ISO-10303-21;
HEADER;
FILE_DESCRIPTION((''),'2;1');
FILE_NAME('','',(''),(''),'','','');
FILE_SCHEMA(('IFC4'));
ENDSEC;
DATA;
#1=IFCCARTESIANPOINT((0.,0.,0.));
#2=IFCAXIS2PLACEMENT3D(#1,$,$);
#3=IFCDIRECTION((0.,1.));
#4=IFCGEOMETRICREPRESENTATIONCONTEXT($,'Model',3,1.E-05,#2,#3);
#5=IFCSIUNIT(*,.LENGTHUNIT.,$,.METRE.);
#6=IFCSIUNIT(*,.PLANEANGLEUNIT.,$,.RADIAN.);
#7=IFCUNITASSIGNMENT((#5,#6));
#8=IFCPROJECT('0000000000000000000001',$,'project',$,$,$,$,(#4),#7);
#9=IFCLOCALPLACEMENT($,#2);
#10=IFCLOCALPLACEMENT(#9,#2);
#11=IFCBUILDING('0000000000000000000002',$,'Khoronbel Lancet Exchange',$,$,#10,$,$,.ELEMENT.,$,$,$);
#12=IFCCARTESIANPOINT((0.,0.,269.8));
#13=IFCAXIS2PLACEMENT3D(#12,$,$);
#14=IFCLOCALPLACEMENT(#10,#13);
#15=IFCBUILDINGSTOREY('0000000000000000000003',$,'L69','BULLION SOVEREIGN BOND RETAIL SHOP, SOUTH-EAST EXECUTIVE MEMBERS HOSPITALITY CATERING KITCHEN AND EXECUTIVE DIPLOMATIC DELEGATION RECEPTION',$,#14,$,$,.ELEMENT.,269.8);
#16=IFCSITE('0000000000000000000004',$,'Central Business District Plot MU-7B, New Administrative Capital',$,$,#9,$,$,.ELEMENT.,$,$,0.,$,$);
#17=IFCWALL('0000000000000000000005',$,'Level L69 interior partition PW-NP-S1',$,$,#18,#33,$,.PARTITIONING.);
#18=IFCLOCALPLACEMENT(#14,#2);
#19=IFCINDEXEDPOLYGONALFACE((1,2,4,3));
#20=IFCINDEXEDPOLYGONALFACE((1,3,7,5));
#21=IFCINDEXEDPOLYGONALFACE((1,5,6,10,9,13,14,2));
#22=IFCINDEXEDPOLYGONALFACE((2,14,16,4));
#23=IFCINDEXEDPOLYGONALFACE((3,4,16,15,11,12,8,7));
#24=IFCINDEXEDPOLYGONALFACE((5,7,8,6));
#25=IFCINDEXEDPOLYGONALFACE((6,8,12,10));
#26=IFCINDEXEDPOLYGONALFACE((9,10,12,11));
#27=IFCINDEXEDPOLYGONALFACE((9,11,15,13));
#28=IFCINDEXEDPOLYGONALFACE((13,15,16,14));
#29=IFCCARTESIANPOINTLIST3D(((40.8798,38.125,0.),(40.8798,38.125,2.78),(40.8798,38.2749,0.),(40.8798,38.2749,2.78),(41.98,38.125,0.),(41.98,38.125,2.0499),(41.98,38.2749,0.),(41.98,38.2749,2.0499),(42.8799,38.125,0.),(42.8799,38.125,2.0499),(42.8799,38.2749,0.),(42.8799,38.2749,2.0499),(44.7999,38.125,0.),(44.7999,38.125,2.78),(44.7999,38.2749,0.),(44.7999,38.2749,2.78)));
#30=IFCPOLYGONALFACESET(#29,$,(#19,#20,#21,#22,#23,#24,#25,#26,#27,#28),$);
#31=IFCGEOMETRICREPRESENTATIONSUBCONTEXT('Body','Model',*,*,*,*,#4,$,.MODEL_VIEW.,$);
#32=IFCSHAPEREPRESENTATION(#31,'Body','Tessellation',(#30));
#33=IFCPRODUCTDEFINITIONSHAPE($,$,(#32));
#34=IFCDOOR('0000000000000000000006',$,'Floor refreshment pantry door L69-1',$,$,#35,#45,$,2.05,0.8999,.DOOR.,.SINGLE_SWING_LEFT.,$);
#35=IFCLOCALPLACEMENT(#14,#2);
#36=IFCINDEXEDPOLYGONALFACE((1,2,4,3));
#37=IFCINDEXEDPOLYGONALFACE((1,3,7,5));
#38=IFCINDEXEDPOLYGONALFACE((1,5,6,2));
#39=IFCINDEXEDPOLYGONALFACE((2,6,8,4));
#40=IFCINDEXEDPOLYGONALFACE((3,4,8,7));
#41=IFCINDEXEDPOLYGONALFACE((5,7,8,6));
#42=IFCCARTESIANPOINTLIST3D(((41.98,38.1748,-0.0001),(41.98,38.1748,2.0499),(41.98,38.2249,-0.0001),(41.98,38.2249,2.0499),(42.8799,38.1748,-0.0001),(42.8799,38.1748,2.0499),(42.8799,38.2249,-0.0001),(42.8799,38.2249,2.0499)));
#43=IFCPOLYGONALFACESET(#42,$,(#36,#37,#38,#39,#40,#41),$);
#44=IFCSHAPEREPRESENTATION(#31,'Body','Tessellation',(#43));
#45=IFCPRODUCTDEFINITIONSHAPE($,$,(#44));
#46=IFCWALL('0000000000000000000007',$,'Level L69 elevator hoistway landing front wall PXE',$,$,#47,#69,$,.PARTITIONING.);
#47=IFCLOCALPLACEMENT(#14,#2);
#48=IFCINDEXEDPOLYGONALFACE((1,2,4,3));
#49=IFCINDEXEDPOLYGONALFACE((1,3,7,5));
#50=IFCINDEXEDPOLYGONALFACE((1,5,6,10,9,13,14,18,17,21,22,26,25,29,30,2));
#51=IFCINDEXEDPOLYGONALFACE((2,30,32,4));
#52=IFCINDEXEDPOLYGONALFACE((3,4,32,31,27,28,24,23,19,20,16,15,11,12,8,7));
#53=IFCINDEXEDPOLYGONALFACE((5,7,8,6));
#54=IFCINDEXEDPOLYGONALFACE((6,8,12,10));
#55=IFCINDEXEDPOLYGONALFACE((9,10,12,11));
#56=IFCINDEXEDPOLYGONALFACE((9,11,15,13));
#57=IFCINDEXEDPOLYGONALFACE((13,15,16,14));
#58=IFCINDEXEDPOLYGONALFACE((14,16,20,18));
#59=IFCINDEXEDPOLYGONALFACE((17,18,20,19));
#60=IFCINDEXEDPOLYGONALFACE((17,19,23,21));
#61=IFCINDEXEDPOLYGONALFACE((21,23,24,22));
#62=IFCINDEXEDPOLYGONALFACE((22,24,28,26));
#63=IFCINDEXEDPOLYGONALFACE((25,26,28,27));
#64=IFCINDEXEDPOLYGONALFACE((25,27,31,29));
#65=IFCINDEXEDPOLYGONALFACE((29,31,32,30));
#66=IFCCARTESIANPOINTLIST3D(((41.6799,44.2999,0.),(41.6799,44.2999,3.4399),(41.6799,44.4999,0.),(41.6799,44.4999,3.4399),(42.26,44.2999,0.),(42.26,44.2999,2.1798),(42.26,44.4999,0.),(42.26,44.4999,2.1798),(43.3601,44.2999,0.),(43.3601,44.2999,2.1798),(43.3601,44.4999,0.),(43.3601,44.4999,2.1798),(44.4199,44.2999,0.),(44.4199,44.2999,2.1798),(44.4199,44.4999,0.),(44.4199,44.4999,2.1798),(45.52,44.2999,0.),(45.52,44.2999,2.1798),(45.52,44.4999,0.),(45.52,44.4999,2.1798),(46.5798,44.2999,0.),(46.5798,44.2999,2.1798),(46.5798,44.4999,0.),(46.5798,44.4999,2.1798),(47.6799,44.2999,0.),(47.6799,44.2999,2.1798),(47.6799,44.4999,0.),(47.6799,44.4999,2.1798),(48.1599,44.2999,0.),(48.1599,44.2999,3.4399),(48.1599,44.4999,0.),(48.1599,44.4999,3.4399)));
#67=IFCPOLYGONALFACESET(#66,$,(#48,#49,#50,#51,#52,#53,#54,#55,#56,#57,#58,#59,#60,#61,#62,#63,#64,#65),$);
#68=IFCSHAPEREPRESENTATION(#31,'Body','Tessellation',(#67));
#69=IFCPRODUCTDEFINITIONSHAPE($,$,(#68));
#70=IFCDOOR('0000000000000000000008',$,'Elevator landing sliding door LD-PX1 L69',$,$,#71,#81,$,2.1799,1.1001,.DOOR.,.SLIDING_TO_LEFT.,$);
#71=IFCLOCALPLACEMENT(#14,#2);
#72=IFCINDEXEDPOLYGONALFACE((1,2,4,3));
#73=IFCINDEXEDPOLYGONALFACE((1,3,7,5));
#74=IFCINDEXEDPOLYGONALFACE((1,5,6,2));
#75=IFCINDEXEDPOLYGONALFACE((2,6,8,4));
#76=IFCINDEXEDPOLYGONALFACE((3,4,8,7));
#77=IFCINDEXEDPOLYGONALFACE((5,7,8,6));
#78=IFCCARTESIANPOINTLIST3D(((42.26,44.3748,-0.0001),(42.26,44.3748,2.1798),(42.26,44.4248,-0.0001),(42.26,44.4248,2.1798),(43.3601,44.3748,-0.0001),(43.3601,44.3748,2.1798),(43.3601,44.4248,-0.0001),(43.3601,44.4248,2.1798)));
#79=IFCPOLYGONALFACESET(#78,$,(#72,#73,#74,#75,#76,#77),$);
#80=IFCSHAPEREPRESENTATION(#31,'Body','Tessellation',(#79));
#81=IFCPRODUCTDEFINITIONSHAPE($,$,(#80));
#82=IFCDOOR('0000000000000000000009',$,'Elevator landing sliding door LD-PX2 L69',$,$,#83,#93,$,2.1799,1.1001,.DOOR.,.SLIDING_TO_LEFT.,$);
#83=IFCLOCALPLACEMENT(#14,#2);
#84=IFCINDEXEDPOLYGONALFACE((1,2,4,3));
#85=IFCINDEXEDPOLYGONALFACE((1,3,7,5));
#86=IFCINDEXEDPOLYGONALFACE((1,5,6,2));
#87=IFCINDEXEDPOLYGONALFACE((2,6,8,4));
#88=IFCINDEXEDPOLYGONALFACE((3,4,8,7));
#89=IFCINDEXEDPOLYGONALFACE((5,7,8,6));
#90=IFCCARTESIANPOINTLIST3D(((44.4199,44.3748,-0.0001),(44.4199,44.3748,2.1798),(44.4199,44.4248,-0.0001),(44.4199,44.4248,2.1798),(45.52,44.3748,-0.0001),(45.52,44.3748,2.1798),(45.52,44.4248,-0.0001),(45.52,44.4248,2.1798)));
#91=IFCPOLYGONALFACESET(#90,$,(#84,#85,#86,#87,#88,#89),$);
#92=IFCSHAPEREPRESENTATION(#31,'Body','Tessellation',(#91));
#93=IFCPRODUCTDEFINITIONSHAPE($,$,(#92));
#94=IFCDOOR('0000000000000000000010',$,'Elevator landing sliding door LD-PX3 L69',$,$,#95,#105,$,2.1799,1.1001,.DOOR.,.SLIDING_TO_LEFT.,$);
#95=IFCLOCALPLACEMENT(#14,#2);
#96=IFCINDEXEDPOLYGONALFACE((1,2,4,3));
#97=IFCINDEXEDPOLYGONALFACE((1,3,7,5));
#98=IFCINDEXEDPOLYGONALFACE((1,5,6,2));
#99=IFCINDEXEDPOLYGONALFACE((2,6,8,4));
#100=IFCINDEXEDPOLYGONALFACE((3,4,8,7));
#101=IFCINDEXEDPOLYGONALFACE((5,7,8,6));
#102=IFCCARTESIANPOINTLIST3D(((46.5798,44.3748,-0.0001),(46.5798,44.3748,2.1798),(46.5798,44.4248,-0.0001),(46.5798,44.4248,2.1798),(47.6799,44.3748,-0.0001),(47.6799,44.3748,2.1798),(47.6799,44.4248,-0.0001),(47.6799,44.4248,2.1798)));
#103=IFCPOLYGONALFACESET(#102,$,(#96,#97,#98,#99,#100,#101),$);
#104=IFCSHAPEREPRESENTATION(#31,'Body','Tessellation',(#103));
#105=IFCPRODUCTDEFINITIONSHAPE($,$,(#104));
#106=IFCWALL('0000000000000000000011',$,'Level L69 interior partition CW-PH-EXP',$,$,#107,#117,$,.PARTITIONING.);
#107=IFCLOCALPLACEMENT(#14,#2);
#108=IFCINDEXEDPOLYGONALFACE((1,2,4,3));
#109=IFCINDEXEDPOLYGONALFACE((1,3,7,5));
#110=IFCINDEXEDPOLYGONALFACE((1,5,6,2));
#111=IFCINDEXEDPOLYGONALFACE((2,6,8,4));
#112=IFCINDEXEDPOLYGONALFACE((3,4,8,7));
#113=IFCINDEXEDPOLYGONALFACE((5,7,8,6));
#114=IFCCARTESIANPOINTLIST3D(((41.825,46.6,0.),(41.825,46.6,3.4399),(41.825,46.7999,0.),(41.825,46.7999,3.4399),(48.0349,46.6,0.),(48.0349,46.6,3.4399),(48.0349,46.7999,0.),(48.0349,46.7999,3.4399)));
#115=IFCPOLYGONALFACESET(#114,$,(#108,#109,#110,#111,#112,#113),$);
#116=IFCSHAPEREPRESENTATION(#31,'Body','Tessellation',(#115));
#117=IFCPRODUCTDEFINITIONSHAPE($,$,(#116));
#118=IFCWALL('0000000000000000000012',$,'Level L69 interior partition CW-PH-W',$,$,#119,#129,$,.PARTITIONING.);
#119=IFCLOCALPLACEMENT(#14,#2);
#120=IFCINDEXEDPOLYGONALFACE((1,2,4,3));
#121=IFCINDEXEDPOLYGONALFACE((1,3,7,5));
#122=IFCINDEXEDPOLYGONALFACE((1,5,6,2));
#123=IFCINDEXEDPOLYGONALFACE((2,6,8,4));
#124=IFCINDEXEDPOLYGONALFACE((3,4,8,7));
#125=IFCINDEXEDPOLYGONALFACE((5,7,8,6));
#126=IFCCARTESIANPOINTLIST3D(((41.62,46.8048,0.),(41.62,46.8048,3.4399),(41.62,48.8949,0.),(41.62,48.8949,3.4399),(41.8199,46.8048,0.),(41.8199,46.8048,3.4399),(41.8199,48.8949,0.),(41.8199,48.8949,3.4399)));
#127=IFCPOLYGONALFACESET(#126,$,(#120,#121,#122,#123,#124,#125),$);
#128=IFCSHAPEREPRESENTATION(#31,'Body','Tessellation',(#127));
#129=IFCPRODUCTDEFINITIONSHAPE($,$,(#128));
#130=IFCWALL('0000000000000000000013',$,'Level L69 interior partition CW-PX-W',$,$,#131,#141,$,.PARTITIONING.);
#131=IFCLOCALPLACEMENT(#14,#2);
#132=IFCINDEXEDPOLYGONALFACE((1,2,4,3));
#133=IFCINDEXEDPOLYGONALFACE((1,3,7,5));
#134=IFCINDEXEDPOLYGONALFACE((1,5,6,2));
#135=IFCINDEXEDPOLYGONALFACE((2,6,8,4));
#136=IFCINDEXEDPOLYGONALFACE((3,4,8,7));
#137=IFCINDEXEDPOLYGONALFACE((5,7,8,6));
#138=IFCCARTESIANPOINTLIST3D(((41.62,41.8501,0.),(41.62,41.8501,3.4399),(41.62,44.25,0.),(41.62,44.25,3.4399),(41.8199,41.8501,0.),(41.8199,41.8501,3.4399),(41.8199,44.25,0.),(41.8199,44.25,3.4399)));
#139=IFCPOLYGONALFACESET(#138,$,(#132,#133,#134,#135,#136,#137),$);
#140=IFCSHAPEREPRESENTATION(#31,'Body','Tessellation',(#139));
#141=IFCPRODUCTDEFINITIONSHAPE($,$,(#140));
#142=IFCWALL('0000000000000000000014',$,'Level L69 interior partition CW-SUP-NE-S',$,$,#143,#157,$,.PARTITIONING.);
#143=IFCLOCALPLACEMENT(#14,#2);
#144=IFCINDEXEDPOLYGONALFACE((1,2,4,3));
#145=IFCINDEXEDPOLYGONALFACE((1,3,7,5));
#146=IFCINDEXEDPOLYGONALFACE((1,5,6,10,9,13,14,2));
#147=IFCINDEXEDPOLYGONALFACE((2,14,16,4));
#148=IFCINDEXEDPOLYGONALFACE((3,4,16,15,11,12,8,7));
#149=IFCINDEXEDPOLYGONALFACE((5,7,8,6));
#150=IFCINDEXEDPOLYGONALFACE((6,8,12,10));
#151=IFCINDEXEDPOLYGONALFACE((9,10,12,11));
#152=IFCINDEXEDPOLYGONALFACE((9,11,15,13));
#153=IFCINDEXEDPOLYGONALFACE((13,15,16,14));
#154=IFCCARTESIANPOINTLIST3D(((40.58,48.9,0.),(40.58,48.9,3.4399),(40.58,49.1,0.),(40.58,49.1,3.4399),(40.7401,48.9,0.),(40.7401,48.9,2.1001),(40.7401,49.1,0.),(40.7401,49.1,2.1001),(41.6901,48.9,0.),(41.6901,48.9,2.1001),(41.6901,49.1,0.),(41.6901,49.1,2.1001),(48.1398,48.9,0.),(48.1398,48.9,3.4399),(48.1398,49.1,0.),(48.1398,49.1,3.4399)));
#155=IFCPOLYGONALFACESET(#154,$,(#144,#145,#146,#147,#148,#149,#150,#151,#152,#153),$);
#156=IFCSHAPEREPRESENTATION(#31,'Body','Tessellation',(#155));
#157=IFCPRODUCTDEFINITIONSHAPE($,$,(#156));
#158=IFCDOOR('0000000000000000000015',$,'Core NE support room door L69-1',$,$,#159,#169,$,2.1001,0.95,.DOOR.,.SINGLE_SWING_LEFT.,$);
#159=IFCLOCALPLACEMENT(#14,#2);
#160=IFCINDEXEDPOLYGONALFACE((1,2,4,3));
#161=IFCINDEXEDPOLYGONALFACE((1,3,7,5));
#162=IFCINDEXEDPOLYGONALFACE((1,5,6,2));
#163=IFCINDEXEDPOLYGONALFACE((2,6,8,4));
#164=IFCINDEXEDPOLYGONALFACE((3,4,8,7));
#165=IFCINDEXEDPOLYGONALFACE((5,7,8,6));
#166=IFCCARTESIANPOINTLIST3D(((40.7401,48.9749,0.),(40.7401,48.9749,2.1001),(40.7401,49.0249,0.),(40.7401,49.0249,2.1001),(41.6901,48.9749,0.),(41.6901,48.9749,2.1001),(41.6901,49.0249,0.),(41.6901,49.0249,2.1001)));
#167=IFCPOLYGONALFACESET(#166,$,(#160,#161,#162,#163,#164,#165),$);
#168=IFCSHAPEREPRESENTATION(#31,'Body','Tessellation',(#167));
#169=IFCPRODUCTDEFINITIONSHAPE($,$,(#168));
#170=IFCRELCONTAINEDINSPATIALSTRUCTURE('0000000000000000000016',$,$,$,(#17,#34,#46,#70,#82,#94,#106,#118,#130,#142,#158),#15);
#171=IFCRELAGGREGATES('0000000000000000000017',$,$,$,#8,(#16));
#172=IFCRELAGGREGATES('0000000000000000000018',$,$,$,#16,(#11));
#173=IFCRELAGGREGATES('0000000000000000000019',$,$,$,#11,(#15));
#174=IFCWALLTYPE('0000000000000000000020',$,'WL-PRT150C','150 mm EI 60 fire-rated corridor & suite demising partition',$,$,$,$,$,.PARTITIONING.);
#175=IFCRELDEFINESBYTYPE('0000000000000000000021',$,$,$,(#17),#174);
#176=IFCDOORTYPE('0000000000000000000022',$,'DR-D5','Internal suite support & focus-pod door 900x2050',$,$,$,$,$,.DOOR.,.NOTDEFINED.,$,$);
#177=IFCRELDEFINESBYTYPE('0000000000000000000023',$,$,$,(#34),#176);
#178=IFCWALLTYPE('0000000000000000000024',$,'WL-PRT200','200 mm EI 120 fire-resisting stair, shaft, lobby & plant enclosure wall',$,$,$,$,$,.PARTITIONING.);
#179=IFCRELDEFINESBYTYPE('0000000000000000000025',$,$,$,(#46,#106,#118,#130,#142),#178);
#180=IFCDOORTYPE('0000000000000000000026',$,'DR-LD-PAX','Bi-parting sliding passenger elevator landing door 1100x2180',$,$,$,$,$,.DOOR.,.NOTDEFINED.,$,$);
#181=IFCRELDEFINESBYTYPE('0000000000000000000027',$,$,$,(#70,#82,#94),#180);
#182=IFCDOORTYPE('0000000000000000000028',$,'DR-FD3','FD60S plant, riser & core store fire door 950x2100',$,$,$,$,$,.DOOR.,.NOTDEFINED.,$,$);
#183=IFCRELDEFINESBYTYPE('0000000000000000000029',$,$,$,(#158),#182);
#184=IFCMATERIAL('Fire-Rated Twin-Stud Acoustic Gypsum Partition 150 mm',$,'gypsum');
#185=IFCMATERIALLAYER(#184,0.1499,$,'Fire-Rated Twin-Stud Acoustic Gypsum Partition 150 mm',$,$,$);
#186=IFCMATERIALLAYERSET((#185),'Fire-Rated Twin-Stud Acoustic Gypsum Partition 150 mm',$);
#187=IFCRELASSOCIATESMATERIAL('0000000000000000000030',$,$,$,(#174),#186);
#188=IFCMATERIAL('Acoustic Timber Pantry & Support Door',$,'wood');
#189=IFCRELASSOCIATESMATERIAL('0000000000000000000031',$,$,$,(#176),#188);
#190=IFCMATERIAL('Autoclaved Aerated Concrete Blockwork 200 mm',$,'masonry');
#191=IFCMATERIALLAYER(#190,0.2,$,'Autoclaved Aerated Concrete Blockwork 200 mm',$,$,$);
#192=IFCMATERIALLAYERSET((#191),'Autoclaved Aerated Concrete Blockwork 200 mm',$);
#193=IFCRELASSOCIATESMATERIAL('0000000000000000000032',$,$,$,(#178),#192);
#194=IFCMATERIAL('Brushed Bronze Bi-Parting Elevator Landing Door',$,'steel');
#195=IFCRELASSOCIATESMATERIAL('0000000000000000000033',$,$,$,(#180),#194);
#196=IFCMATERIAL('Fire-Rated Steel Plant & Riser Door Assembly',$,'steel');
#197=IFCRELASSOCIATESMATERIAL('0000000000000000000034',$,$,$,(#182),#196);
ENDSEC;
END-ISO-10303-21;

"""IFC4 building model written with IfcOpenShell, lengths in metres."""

from ifc_helpers import new_model, si_unit, direction, frame, frame_2d, origin, place, context, subcontext, project, spatial, rectangle, extrude, material, layer, layer_set, type_object, element, fill, save


model = new_model("IFC4")

# Units and contexts
model_context = context("Model", 3, precision=1e-05, world=origin(), true_north=direction((0.0, 1.0)))
body_context = subcontext(model_context, "Body", "Model", "MODEL_VIEW")
ifc_project = project(units=[si_unit("LENGTHUNIT", "METRE"), si_unit("PLANEANGLEUNIT", "RADIAN")], contexts=[model_context])

# Site, building, storey
site_placement = place(None, origin())
site = spatial("IfcSite", under=ifc_project, at=site_placement, Name="Central Business District Plot MU-7B, New Administrative Capital", CompositionType="ELEMENT", RefElevation=0.0)
building_placement = place(site_placement, origin())
building = spatial("IfcBuilding", under=site, at=building_placement, Name="Khoronbel Lancet Exchange", CompositionType="ELEMENT")
storey_placement = place(building_placement, frame((0.0, 0.0, 269.8)))
storey = spatial("IfcBuildingStorey", under=building, at=storey_placement, Name="L69", Description="BULLION SOVEREIGN BOND RETAIL SHOP, SOUTH-EAST EXECUTIVE MEMBERS HOSPITALITY CATERING KITCHEN AND EXECUTIVE DIPLOMATIC DELEGATION RECEPTION", CompositionType="ELEMENT", Elevation=269.8)

# Wall, opening, door
ifc_material_1 = material(Name="Fire-Rated Twin-Stud Acoustic Gypsum Partition 150 mm", Category="gypsum")
ifc_layer_1 = layer(ifc_material_1, 0.1499, Name="Fire-Rated Twin-Stud Acoustic Gypsum Partition 150 mm")
ifc_layer_set_1 = layer_set([ifc_layer_1], Name="Fire-Rated Twin-Stud Acoustic Gypsum Partition 150 mm")
wall_type_1 = type_object("IfcWallType", Name="WL-PRT150C", Description="150 mm EI 60 fire-rated corridor & suite demising partition", PredefinedType="PARTITIONING", material=ifc_layer_set_1)
wall_1_placement = place(storey_placement, frame((40.8799, 38.2, 0.0), z_axis=(0.0, 0.0, 1.0), x_axis=(1.0, 0.0, 0.0)))
wall_1 = element("IfcWall", 1, at=wall_1_placement, inside=storey, type_object=wall_type_1, Name="Level L69 interior partition PW-NP-S1", PredefinedType="PARTITIONING", context=body_context, shape_type="SweptSolid", body=[
    extrude(rectangle(XDim=3.9202, YDim=0.1499, at=frame_2d((1.96, 0.0))), origin(), (0.0, 0.0, 1.0), 2.78),
])
opening_1_placement = place(wall_1_placement, frame((1.1001, 0.0, 0.0)))
opening_1 = element("IfcOpeningElement", 2, at=opening_1_placement, cuts=wall_1, PredefinedType="OPENING", context=body_context, shape_type="SweptSolid", body=[
    extrude(rectangle(XDim=0.8999, YDim=2.05, at=frame_2d((0.45, 1.0249))), frame((0.0, 0.085, 0.0), z_axis=(0.0, -1.0, 0.0), x_axis=(1.0, 0.0, 0.0)), (0.0, 0.0, 1.0), 0.1699),
])
ifc_material_2 = material(Name="Acoustic Timber Pantry & Support Door", Category="wood")
door_type_1 = type_object("IfcDoorType", Name="DR-D5", Description="Internal suite support & focus-pod door 900x2050", OperationType="NOTDEFINED", PredefinedType="DOOR", material=ifc_material_2)
door_1_placement = place(opening_1_placement, origin())
door_1 = element("IfcDoor", 3, at=door_1_placement, inside=storey, type_object=door_type_1, Name="Floor refreshment pantry door L69-1", OperationType="SINGLE_SWING_LEFT", OverallHeight=2.05, OverallWidth=0.8999, PredefinedType="DOOR", context=body_context, shape_type="SweptSolid", body=[
    extrude(rectangle(XDim=0.8999, YDim=2.05, at=frame_2d((0.45, 1.0249))), frame((0.0, 0.0249, 0.0), z_axis=(0.0, -1.0, 0.0), x_axis=(1.0, 0.0, 0.0)), (0.0, 0.0, 1.0), 0.05),
])
fill(opening_1, door_1)

# Wall, openings, doors
ifc_material_3 = material(Name="Autoclaved Aerated Concrete Blockwork 200 mm", Category="masonry")
ifc_layer_2 = layer(ifc_material_3, 0.2, Name="Autoclaved Aerated Concrete Blockwork 200 mm")
ifc_layer_set_2 = layer_set([ifc_layer_2], Name="Autoclaved Aerated Concrete Blockwork 200 mm")
wall_type_2 = type_object("IfcWallType", Name="WL-PRT200", Description="200 mm EI 120 fire-resisting stair, shaft, lobby & plant enclosure wall", PredefinedType="PARTITIONING", material=ifc_layer_set_2)
wall_2_placement = place(storey_placement, frame((41.6799, 44.3999, 0.0), z_axis=(0.0, 0.0, 1.0), x_axis=(1.0, 0.0, 0.0)))
wall_2 = element("IfcWall", 4, at=wall_2_placement, inside=storey, type_object=wall_type_2, Name="Level L69 elevator hoistway landing front wall PXE", PredefinedType="PARTITIONING", context=body_context, shape_type="SweptSolid", body=[
    extrude(rectangle(XDim=6.48, YDim=0.2, at=frame_2d((3.24, 0.0))), origin(), (0.0, 0.0, 1.0), 3.4399),
])
opening_2_placement = place(wall_2_placement, frame((0.5801, 0.0, 0.0)))
opening_2 = element("IfcOpeningElement", 5, at=opening_2_placement, cuts=wall_2, PredefinedType="OPENING", context=body_context, shape_type="SweptSolid", body=[
    extrude(rectangle(XDim=1.1001, YDim=2.1799, at=frame_2d((0.55, 1.0898))), frame((0.0, 0.1099, 0.0), z_axis=(0.0, -1.0, 0.0), x_axis=(1.0, 0.0, 0.0)), (0.0, 0.0, 1.0), 0.22),
])
opening_3_placement = place(wall_2_placement, frame((2.74, 0.0, 0.0)))
opening_3 = element("IfcOpeningElement", 6, at=opening_3_placement, cuts=wall_2, PredefinedType="OPENING", context=body_context, shape_type="SweptSolid", body=[
    extrude(rectangle(XDim=1.1001, YDim=2.1799, at=frame_2d((0.55, 1.0898))), frame((0.0, 0.1099, 0.0), z_axis=(0.0, -1.0, 0.0), x_axis=(1.0, 0.0, 0.0)), (0.0, 0.0, 1.0), 0.22),
])
opening_4_placement = place(wall_2_placement, frame((4.8999, 0.0, 0.0)))
opening_4 = element("IfcOpeningElement", 7, at=opening_4_placement, cuts=wall_2, PredefinedType="OPENING", context=body_context, shape_type="SweptSolid", body=[
    extrude(rectangle(XDim=1.1001, YDim=2.1799, at=frame_2d((0.55, 1.0898))), frame((0.0, 0.1099, 0.0), z_axis=(0.0, -1.0, 0.0), x_axis=(1.0, 0.0, 0.0)), (0.0, 0.0, 1.0), 0.22),
])
ifc_material_4 = material(Name="Brushed Bronze Bi-Parting Elevator Landing Door", Category="steel")
door_type_2 = type_object("IfcDoorType", Name="DR-LD-PAX", Description="Bi-parting sliding passenger elevator landing door 1100x2180", OperationType="NOTDEFINED", PredefinedType="DOOR", material=ifc_material_4)
door_2_placement = place(opening_2_placement, origin())
door_2 = element("IfcDoor", 8, at=door_2_placement, inside=storey, type_object=door_type_2, Name="Elevator landing sliding door LD-PX1 L69", OperationType="SLIDING_TO_LEFT", OverallHeight=2.1799, OverallWidth=1.1001, PredefinedType="DOOR", context=body_context, shape_type="SweptSolid", body=[
    extrude(rectangle(XDim=1.1001, YDim=2.1799, at=frame_2d((0.55, 1.0898))), frame((0.0, 0.0249, 0.0), z_axis=(0.0, -1.0, 0.0), x_axis=(1.0, 0.0, 0.0)), (0.0, 0.0, 1.0), 0.05),
])
fill(opening_2, door_2)
door_3_placement = place(opening_3_placement, origin())
door_3 = element("IfcDoor", 9, at=door_3_placement, inside=storey, type_object=door_type_2, Name="Elevator landing sliding door LD-PX2 L69", OperationType="SLIDING_TO_LEFT", OverallHeight=2.1799, OverallWidth=1.1001, PredefinedType="DOOR", context=body_context, shape_type="SweptSolid", body=[
    extrude(rectangle(XDim=1.1001, YDim=2.1799, at=frame_2d((0.55, 1.0898))), frame((0.0, 0.0249, 0.0), z_axis=(0.0, -1.0, 0.0), x_axis=(1.0, 0.0, 0.0)), (0.0, 0.0, 1.0), 0.05),
])
fill(opening_3, door_3)
door_4_placement = place(opening_4_placement, origin())
door_4 = element("IfcDoor", 10, at=door_4_placement, inside=storey, type_object=door_type_2, Name="Elevator landing sliding door LD-PX3 L69", OperationType="SLIDING_TO_LEFT", OverallHeight=2.1799, OverallWidth=1.1001, PredefinedType="DOOR", context=body_context, shape_type="SweptSolid", body=[
    extrude(rectangle(XDim=1.1001, YDim=2.1799, at=frame_2d((0.55, 1.0898))), frame((0.0, 0.0249, 0.0), z_axis=(0.0, -1.0, 0.0), x_axis=(1.0, 0.0, 0.0)), (0.0, 0.0, 1.0), 0.05),
])
fill(opening_4, door_4)

# Walls
wall_3_placement = place(storey_placement, frame((41.825, 46.7, 0.0), z_axis=(0.0, 0.0, 1.0), x_axis=(1.0, 0.0, 0.0)))
element("IfcWall", 11, at=wall_3_placement, inside=storey, type_object=wall_type_2, Name="Level L69 interior partition CW-PH-EXP", PredefinedType="PARTITIONING", context=body_context, shape_type="SweptSolid", body=[
    extrude(rectangle(XDim=6.21, YDim=0.2, at=frame_2d((3.105, 0.0))), origin(), (0.0, 0.0, 1.0), 3.4399),
])
wall_4_placement = place(storey_placement, frame((41.72, 46.8049, 0.0), z_axis=(0.0, 0.0, 1.0), x_axis=(0.0, 1.0, 0.0)))
element("IfcWall", 12, at=wall_4_placement, inside=storey, type_object=wall_type_2, Name="Level L69 interior partition CW-PH-W", PredefinedType="PARTITIONING", context=body_context, shape_type="SweptSolid", body=[
    extrude(rectangle(XDim=2.0901, YDim=0.2, at=frame_2d((1.0449, 0.0))), origin(), (0.0, 0.0, 1.0), 3.4399),
])
wall_5_placement = place(storey_placement, frame((41.72, 41.8501, 0.0), z_axis=(0.0, 0.0, 1.0), x_axis=(0.0, 1.0, 0.0)))
element("IfcWall", 13, at=wall_5_placement, inside=storey, type_object=wall_type_2, Name="Level L69 interior partition CW-PX-W", PredefinedType="PARTITIONING", context=body_context, shape_type="SweptSolid", body=[
    extrude(rectangle(XDim=2.3999, YDim=0.2, at=frame_2d((1.2, 0.0))), origin(), (0.0, 0.0, 1.0), 3.4399),
])

# Wall, opening, door
wall_6_placement = place(storey_placement, frame((40.5801, 49.0, 0.0), z_axis=(0.0, 0.0, 1.0), x_axis=(1.0, 0.0, 0.0)))
wall_6 = element("IfcWall", 14, at=wall_6_placement, inside=storey, type_object=wall_type_2, Name="Level L69 interior partition CW-SUP-NE-S", PredefinedType="PARTITIONING", context=body_context, shape_type="SweptSolid", body=[
    extrude(rectangle(XDim=7.5598, YDim=0.2, at=frame_2d((3.7798, 0.0))), origin(), (0.0, 0.0, 1.0), 3.4399),
])
opening_5_placement = place(wall_6_placement, frame((0.1599, 0.0, 0.0)))
opening_5 = element("IfcOpeningElement", 15, at=opening_5_placement, cuts=wall_6, PredefinedType="OPENING", context=body_context, shape_type="SweptSolid", body=[
    extrude(rectangle(XDim=0.95, YDim=2.1001, at=frame_2d((0.4751, 1.05))), frame((0.0, 0.1099, 0.0), z_axis=(0.0, -1.0, 0.0), x_axis=(1.0, 0.0, 0.0)), (0.0, 0.0, 1.0), 0.22),
])
ifc_material_5 = material(Name="Fire-Rated Steel Plant & Riser Door Assembly", Category="steel")
door_type_3 = type_object("IfcDoorType", Name="DR-FD3", Description="FD60S plant, riser & core store fire door 950x2100", OperationType="NOTDEFINED", PredefinedType="DOOR", material=ifc_material_5)
door_5_placement = place(opening_5_placement, origin())
door_5 = element("IfcDoor", 16, at=door_5_placement, inside=storey, type_object=door_type_3, Name="Core NE support room door L69-1", OperationType="SINGLE_SWING_LEFT", OverallHeight=2.1001, OverallWidth=0.95, PredefinedType="DOOR", context=body_context, shape_type="SweptSolid", body=[
    extrude(rectangle(XDim=0.95, YDim=2.1001, at=frame_2d((0.4751, 1.05))), frame((0.0, 0.0249, 0.0), z_axis=(0.0, -1.0, 0.0), x_axis=(1.0, 0.0, 0.0)), (0.0, 0.0, 1.0), 0.05),
])
fill(opening_5, door_5)

save(model, "model.ifc")
